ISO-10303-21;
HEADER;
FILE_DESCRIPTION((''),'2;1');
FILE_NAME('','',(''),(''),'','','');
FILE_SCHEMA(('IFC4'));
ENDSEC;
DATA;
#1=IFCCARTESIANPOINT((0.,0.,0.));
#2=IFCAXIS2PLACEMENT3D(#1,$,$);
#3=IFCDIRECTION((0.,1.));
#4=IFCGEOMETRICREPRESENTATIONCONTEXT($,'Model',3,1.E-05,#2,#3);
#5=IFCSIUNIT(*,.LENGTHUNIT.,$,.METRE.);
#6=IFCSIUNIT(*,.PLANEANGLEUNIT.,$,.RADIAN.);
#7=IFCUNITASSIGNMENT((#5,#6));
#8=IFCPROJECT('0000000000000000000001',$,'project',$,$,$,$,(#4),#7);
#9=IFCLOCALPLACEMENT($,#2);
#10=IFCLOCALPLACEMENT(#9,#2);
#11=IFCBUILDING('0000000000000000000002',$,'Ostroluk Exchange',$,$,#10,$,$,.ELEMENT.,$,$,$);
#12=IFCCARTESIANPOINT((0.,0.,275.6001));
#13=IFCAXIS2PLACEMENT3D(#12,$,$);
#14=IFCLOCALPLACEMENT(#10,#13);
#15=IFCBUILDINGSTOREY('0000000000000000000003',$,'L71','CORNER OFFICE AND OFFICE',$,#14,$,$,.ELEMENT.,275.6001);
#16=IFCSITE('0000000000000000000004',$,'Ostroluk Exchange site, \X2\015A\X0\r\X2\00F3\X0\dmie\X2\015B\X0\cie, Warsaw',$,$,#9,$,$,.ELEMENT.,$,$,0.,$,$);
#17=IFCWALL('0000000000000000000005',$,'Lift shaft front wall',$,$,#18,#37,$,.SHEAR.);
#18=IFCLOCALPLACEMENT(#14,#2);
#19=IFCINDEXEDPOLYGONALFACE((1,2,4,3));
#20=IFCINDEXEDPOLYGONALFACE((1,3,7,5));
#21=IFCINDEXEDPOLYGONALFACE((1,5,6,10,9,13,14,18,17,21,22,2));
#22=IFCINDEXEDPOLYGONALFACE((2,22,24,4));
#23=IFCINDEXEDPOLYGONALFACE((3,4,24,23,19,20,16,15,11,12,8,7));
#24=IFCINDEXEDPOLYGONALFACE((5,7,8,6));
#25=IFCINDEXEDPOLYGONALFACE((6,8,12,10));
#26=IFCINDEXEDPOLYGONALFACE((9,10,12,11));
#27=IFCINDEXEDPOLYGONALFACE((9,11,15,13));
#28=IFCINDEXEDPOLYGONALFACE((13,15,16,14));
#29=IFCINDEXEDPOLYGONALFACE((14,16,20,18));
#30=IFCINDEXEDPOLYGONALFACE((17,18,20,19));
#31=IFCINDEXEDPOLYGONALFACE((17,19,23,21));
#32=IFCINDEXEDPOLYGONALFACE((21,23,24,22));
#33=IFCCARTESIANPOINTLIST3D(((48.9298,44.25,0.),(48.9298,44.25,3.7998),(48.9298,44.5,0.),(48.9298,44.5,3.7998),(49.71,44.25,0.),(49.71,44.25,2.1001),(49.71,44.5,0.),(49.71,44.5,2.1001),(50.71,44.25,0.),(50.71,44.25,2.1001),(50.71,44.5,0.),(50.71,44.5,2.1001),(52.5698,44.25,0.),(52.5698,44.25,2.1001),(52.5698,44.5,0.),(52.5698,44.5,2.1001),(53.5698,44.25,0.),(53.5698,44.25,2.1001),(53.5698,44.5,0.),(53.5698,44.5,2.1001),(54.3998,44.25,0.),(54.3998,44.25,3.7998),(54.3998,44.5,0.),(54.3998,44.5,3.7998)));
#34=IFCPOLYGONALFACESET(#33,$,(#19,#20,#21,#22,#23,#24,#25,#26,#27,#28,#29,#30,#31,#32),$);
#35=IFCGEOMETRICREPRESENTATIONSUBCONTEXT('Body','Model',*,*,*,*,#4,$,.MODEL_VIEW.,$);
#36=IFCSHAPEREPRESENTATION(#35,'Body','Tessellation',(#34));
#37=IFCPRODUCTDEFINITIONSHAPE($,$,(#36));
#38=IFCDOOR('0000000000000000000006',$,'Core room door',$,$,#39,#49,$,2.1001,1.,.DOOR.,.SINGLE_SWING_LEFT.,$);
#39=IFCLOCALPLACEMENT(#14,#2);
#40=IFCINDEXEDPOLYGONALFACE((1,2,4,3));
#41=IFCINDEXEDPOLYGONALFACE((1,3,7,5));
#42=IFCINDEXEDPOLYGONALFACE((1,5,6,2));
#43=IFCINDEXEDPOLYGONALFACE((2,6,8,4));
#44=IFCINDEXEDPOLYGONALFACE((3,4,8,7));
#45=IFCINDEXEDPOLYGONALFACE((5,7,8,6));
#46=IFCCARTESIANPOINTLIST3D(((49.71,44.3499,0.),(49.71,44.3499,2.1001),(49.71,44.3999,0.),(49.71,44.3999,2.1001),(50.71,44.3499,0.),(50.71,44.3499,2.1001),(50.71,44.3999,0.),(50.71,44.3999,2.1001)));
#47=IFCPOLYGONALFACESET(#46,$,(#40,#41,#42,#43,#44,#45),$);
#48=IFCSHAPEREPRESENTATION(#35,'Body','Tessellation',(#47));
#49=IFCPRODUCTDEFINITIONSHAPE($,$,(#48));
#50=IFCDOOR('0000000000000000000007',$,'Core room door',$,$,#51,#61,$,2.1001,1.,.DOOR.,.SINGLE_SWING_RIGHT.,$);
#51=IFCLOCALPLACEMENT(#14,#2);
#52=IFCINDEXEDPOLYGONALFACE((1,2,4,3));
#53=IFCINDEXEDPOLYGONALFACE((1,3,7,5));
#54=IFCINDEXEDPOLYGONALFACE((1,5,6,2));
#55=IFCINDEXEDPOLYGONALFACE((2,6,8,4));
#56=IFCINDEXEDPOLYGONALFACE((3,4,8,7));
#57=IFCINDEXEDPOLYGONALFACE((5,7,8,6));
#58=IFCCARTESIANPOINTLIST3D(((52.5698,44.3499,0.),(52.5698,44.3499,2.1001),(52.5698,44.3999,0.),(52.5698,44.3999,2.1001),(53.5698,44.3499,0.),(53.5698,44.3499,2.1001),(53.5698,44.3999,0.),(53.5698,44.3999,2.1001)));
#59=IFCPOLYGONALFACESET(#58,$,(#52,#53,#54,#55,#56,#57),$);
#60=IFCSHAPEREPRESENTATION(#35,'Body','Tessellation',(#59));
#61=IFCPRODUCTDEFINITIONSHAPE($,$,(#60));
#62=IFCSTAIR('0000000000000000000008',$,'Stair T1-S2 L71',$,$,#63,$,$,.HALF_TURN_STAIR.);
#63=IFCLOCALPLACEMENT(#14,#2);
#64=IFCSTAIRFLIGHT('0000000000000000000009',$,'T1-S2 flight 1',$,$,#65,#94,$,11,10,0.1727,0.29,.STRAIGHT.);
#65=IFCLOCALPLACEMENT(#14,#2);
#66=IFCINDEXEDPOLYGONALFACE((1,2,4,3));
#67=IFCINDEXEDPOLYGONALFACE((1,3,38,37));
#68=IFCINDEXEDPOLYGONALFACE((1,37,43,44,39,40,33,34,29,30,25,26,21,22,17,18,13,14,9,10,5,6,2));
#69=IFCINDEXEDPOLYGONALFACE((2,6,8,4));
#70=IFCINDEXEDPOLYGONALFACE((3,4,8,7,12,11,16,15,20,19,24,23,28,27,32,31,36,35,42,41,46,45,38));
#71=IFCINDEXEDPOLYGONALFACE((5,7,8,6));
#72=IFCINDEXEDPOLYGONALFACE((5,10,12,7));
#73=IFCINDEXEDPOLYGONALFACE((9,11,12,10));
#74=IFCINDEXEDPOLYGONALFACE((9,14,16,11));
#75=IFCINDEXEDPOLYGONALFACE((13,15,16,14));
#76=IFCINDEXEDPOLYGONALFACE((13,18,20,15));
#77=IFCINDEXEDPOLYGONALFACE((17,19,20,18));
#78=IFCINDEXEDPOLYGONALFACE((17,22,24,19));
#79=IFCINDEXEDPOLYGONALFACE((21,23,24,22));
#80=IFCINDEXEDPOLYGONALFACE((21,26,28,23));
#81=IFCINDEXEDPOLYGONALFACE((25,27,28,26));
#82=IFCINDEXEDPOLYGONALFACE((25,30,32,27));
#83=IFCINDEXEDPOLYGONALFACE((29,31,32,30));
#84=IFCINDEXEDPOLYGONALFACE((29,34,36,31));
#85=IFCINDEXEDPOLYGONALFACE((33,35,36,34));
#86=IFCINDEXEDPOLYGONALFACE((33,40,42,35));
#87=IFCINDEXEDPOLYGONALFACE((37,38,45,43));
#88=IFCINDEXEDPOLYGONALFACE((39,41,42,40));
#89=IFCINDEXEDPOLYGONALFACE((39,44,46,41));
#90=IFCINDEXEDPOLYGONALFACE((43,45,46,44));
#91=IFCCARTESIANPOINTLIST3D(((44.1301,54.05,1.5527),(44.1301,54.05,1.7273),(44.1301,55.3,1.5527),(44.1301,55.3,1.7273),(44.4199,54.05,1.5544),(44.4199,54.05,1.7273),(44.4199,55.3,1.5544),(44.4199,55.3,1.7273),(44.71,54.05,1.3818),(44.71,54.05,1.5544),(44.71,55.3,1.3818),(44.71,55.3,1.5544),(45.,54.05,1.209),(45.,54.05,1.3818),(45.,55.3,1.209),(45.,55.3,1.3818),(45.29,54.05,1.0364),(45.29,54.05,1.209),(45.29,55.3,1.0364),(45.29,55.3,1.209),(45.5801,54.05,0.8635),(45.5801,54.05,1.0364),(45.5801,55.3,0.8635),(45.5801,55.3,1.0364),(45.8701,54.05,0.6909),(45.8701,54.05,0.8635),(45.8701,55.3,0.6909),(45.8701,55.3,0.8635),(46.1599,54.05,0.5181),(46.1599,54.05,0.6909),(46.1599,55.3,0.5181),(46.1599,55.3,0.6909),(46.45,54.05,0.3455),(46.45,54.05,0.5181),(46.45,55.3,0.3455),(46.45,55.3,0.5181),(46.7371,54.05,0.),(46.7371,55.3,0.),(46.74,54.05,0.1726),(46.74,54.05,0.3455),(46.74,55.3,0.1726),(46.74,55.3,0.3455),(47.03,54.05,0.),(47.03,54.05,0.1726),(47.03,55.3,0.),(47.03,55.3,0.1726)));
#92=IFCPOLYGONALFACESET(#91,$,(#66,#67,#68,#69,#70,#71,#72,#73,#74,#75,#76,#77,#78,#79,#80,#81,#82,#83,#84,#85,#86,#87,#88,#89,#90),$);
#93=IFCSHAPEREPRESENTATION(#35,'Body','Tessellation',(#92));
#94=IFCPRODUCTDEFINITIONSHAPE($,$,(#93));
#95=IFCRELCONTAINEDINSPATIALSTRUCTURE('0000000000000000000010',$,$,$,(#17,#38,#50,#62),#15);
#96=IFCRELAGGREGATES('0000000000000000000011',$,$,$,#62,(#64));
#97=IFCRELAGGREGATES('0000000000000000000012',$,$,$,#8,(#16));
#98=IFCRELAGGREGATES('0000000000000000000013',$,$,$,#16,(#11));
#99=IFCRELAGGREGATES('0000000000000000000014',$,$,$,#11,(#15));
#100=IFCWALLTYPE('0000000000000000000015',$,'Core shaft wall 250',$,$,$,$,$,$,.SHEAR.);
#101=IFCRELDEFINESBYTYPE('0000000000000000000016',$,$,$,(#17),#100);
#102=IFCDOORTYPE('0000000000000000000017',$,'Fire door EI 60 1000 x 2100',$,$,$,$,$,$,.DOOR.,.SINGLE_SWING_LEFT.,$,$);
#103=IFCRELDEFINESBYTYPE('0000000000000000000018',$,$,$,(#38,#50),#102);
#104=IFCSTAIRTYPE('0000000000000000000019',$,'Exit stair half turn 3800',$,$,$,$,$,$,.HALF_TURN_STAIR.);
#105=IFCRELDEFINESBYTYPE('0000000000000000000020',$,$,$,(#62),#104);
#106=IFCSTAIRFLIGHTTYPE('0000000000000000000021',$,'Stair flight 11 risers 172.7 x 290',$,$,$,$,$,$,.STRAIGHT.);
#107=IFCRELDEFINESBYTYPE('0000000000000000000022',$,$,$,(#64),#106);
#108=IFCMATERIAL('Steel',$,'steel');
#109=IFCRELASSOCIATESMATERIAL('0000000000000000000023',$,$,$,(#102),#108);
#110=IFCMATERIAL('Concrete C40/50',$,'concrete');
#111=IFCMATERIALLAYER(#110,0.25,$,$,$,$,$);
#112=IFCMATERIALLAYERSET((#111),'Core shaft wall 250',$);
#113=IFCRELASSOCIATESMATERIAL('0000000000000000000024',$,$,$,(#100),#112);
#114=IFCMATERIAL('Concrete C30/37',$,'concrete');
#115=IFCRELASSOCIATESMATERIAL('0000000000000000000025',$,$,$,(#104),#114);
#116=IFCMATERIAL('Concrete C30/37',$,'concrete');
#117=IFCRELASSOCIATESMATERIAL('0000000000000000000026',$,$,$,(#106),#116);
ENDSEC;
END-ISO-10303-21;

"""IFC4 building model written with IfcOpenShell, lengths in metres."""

from ifc_helpers import new_model, si_unit, direction, frame, frame_2d, origin, place, context, subcontext, project, spatial, polyline, rectangle, outline, extrude, material, layer, layer_set, type_object, element, fill, aggregate, save


model = new_model("IFC4")

# Units and contexts
model_context = context("Model", 3, precision=1e-05, world=origin(), true_north=direction((0.0, 1.0)))
body_context = subcontext(model_context, "Body", "Model", "MODEL_VIEW")
ifc_project = project(units=[si_unit("LENGTHUNIT", "METRE"), si_unit("PLANEANGLEUNIT", "RADIAN")], contexts=[model_context])

# Site, building, storey
site_placement = place(None, origin())
site = spatial("IfcSite", under=ifc_project, at=site_placement, Name="Ostroluk Exchange site, Śródmieście, Warsaw", CompositionType="ELEMENT", RefElevation=0.0)
building_placement = place(site_placement, origin())
building = spatial("IfcBuilding", under=site, at=building_placement, Name="Ostroluk Exchange", CompositionType="ELEMENT")
storey_placement = place(building_placement, frame((0.0, 0.0, 275.6001)))
storey = spatial("IfcBuildingStorey", under=building, at=storey_placement, Name="L71", Description="CORNER OFFICE AND OFFICE", CompositionType="ELEMENT", Elevation=275.6001)

# Shared definitions
ifc_material_1 = material(Name="Steel", Category="steel")
door_type_1 = type_object("IfcDoorType", Name="Fire door EI 60 1000 x 2100", OperationType="SINGLE_SWING_LEFT", PredefinedType="DOOR", material=ifc_material_1)
ifc_material_2 = material(Name="Concrete C40/50", Category="concrete")
ifc_layer_1 = layer(ifc_material_2, 0.25)
ifc_layer_set_1 = layer_set([ifc_layer_1], Name="Core shaft wall 250")
wall_type_1 = type_object("IfcWallType", Name="Core shaft wall 250", PredefinedType="SHEAR", material=ifc_layer_set_1)

# Wall, openings, doors
wall_1_placement = place(storey_placement, frame((48.9299, 44.375, 0.0), z_axis=(0.0, 0.0, 1.0), x_axis=(1.0, 0.0, 0.0)))
wall_1 = element("IfcWall", 1, at=wall_1_placement, inside=storey, type_object=wall_type_1, Name="Lift shaft front wall", PredefinedType="SHEAR", context=body_context, shape_type="SweptSolid", body=[
    extrude(rectangle(XDim=5.47, YDim=0.25, at=frame_2d((2.7349, 0.0))), origin(), (0.0, 0.0, 1.0), 3.7998),
])
opening_1_placement = place(wall_1_placement, frame((0.78, 0.0, 0.0)))
opening_1 = element("IfcOpeningElement", 2, at=opening_1_placement, cuts=wall_1, PredefinedType="OPENING", context=body_context, shape_type="SweptSolid", body=[
    extrude(rectangle(XDim=1.0, YDim=2.1001, at=frame_2d((0.5, 1.05))), frame((0.0, 0.135, 0.0), z_axis=(0.0, -1.0, 0.0), x_axis=(1.0, 0.0, 0.0)), (0.0, 0.0, 1.0), 0.27),
])
opening_2_placement = place(wall_1_placement, frame((3.6399, 0.0, 0.0)))
opening_2 = element("IfcOpeningElement", 3, at=opening_2_placement, cuts=wall_1, PredefinedType="OPENING", context=body_context, shape_type="SweptSolid", body=[
    extrude(rectangle(XDim=1.0, YDim=2.1001, at=frame_2d((0.5, 1.05))), frame((0.0, 0.135, 0.0), z_axis=(0.0, -1.0, 0.0), x_axis=(1.0, 0.0, 0.0)), (0.0, 0.0, 1.0), 0.27),
])
door_1_placement = place(opening_1_placement, origin())
door_1 = element("IfcDoor", 4, at=door_1_placement, inside=storey, type_object=door_type_1, Name="Core room door", OperationType="SINGLE_SWING_LEFT", OverallHeight=2.1001, OverallWidth=1.0, PredefinedType="DOOR", context=body_context, shape_type="SweptSolid", body=[
    extrude(rectangle(XDim=1.0, YDim=2.1001, at=frame_2d((0.5, 1.05))), frame((0.0, 0.0249, 0.0), z_axis=(0.0, -1.0, 0.0), x_axis=(1.0, 0.0, 0.0)), (0.0, 0.0, 1.0), 0.05),
])
fill(opening_1, door_1)
door_2_placement = place(opening_2_placement, origin())
door_2 = element("IfcDoor", 5, at=door_2_placement, inside=storey, type_object=door_type_1, Name="Core room door", OperationType="SINGLE_SWING_RIGHT", OverallHeight=2.1001, OverallWidth=1.0, PredefinedType="DOOR", context=body_context, shape_type="SweptSolid", body=[
    extrude(rectangle(XDim=1.0, YDim=2.1001, at=frame_2d((0.5, 1.05))), frame((0.0, 0.0249, 0.0), z_axis=(0.0, -1.0, 0.0), x_axis=(1.0, 0.0, 0.0)), (0.0, 0.0, 1.0), 0.05),
])
fill(opening_2, door_2)

# Stair, stair flight
ifc_material_3 = material(Name="Concrete C30/37", Category="concrete")
stair_type = type_object("IfcStairType", Name="Exit stair half turn 3800", PredefinedType="HALF_TURN_STAIR", material=ifc_material_3)
stair_placement = place(storey_placement, origin())
stair = element("IfcStair", 6, at=stair_placement, inside=storey, type_object=stair_type, Name="Stair T1-S2 L71", PredefinedType="HALF_TURN_STAIR")
ifc_material_4 = material(Name="Concrete C30/37", Category="concrete")
stair_flight_type = type_object("IfcStairFlightType", Name="Stair flight 11 risers 172.7 x 290", PredefinedType="STRAIGHT", material=ifc_material_4)
stair_flight_placement = place(storey_placement, frame((47.03, 54.675, 0.0), z_axis=(0.0, 0.0, 1.0), x_axis=(-1.0, 0.0, 0.0)))
stair_flight = element("IfcStairFlight", 7, at=stair_flight_placement, type_object=stair_flight_type, Name="T1-S2 flight 1", NumberOfRisers=11, NumberOfTreads=10, PredefinedType="STRAIGHT", RiserHeight=0.1727, TreadLength=0.29, context=body_context, shape_type="SweptSolid", body=[
    extrude(outline(polyline([(0.0, 0.0), (0.0, 0.1726), (0.29, 0.1726), (0.29, 0.3455), (0.5801, 0.3455), (0.5801, 0.5181), (0.8701, 0.5181), (0.8701, 0.6909), (1.1599, 0.6909), (1.1599, 0.8635), (1.45, 0.8635), (1.45, 1.0364), (1.74, 1.0364), (1.74, 1.209), (2.03, 1.209), (2.03, 1.3818), (2.3201, 1.3818), (2.3201, 1.5544), (2.6101, 1.5544), (2.6101, 1.7273), (2.8999, 1.7273), (2.8999, 1.8999), (2.8999, 1.5527), (0.293, 0.0), (0.0, 0.0)])), frame((0.0, 0.625, 0.0), z_axis=(0.0, -1.0, 0.0), x_axis=(1.0, 0.0, 0.0)), (0.0, 0.0, 1.0), 1.25),
])
aggregate(stair, [stair_flight])

save(model, "model.ifc")
